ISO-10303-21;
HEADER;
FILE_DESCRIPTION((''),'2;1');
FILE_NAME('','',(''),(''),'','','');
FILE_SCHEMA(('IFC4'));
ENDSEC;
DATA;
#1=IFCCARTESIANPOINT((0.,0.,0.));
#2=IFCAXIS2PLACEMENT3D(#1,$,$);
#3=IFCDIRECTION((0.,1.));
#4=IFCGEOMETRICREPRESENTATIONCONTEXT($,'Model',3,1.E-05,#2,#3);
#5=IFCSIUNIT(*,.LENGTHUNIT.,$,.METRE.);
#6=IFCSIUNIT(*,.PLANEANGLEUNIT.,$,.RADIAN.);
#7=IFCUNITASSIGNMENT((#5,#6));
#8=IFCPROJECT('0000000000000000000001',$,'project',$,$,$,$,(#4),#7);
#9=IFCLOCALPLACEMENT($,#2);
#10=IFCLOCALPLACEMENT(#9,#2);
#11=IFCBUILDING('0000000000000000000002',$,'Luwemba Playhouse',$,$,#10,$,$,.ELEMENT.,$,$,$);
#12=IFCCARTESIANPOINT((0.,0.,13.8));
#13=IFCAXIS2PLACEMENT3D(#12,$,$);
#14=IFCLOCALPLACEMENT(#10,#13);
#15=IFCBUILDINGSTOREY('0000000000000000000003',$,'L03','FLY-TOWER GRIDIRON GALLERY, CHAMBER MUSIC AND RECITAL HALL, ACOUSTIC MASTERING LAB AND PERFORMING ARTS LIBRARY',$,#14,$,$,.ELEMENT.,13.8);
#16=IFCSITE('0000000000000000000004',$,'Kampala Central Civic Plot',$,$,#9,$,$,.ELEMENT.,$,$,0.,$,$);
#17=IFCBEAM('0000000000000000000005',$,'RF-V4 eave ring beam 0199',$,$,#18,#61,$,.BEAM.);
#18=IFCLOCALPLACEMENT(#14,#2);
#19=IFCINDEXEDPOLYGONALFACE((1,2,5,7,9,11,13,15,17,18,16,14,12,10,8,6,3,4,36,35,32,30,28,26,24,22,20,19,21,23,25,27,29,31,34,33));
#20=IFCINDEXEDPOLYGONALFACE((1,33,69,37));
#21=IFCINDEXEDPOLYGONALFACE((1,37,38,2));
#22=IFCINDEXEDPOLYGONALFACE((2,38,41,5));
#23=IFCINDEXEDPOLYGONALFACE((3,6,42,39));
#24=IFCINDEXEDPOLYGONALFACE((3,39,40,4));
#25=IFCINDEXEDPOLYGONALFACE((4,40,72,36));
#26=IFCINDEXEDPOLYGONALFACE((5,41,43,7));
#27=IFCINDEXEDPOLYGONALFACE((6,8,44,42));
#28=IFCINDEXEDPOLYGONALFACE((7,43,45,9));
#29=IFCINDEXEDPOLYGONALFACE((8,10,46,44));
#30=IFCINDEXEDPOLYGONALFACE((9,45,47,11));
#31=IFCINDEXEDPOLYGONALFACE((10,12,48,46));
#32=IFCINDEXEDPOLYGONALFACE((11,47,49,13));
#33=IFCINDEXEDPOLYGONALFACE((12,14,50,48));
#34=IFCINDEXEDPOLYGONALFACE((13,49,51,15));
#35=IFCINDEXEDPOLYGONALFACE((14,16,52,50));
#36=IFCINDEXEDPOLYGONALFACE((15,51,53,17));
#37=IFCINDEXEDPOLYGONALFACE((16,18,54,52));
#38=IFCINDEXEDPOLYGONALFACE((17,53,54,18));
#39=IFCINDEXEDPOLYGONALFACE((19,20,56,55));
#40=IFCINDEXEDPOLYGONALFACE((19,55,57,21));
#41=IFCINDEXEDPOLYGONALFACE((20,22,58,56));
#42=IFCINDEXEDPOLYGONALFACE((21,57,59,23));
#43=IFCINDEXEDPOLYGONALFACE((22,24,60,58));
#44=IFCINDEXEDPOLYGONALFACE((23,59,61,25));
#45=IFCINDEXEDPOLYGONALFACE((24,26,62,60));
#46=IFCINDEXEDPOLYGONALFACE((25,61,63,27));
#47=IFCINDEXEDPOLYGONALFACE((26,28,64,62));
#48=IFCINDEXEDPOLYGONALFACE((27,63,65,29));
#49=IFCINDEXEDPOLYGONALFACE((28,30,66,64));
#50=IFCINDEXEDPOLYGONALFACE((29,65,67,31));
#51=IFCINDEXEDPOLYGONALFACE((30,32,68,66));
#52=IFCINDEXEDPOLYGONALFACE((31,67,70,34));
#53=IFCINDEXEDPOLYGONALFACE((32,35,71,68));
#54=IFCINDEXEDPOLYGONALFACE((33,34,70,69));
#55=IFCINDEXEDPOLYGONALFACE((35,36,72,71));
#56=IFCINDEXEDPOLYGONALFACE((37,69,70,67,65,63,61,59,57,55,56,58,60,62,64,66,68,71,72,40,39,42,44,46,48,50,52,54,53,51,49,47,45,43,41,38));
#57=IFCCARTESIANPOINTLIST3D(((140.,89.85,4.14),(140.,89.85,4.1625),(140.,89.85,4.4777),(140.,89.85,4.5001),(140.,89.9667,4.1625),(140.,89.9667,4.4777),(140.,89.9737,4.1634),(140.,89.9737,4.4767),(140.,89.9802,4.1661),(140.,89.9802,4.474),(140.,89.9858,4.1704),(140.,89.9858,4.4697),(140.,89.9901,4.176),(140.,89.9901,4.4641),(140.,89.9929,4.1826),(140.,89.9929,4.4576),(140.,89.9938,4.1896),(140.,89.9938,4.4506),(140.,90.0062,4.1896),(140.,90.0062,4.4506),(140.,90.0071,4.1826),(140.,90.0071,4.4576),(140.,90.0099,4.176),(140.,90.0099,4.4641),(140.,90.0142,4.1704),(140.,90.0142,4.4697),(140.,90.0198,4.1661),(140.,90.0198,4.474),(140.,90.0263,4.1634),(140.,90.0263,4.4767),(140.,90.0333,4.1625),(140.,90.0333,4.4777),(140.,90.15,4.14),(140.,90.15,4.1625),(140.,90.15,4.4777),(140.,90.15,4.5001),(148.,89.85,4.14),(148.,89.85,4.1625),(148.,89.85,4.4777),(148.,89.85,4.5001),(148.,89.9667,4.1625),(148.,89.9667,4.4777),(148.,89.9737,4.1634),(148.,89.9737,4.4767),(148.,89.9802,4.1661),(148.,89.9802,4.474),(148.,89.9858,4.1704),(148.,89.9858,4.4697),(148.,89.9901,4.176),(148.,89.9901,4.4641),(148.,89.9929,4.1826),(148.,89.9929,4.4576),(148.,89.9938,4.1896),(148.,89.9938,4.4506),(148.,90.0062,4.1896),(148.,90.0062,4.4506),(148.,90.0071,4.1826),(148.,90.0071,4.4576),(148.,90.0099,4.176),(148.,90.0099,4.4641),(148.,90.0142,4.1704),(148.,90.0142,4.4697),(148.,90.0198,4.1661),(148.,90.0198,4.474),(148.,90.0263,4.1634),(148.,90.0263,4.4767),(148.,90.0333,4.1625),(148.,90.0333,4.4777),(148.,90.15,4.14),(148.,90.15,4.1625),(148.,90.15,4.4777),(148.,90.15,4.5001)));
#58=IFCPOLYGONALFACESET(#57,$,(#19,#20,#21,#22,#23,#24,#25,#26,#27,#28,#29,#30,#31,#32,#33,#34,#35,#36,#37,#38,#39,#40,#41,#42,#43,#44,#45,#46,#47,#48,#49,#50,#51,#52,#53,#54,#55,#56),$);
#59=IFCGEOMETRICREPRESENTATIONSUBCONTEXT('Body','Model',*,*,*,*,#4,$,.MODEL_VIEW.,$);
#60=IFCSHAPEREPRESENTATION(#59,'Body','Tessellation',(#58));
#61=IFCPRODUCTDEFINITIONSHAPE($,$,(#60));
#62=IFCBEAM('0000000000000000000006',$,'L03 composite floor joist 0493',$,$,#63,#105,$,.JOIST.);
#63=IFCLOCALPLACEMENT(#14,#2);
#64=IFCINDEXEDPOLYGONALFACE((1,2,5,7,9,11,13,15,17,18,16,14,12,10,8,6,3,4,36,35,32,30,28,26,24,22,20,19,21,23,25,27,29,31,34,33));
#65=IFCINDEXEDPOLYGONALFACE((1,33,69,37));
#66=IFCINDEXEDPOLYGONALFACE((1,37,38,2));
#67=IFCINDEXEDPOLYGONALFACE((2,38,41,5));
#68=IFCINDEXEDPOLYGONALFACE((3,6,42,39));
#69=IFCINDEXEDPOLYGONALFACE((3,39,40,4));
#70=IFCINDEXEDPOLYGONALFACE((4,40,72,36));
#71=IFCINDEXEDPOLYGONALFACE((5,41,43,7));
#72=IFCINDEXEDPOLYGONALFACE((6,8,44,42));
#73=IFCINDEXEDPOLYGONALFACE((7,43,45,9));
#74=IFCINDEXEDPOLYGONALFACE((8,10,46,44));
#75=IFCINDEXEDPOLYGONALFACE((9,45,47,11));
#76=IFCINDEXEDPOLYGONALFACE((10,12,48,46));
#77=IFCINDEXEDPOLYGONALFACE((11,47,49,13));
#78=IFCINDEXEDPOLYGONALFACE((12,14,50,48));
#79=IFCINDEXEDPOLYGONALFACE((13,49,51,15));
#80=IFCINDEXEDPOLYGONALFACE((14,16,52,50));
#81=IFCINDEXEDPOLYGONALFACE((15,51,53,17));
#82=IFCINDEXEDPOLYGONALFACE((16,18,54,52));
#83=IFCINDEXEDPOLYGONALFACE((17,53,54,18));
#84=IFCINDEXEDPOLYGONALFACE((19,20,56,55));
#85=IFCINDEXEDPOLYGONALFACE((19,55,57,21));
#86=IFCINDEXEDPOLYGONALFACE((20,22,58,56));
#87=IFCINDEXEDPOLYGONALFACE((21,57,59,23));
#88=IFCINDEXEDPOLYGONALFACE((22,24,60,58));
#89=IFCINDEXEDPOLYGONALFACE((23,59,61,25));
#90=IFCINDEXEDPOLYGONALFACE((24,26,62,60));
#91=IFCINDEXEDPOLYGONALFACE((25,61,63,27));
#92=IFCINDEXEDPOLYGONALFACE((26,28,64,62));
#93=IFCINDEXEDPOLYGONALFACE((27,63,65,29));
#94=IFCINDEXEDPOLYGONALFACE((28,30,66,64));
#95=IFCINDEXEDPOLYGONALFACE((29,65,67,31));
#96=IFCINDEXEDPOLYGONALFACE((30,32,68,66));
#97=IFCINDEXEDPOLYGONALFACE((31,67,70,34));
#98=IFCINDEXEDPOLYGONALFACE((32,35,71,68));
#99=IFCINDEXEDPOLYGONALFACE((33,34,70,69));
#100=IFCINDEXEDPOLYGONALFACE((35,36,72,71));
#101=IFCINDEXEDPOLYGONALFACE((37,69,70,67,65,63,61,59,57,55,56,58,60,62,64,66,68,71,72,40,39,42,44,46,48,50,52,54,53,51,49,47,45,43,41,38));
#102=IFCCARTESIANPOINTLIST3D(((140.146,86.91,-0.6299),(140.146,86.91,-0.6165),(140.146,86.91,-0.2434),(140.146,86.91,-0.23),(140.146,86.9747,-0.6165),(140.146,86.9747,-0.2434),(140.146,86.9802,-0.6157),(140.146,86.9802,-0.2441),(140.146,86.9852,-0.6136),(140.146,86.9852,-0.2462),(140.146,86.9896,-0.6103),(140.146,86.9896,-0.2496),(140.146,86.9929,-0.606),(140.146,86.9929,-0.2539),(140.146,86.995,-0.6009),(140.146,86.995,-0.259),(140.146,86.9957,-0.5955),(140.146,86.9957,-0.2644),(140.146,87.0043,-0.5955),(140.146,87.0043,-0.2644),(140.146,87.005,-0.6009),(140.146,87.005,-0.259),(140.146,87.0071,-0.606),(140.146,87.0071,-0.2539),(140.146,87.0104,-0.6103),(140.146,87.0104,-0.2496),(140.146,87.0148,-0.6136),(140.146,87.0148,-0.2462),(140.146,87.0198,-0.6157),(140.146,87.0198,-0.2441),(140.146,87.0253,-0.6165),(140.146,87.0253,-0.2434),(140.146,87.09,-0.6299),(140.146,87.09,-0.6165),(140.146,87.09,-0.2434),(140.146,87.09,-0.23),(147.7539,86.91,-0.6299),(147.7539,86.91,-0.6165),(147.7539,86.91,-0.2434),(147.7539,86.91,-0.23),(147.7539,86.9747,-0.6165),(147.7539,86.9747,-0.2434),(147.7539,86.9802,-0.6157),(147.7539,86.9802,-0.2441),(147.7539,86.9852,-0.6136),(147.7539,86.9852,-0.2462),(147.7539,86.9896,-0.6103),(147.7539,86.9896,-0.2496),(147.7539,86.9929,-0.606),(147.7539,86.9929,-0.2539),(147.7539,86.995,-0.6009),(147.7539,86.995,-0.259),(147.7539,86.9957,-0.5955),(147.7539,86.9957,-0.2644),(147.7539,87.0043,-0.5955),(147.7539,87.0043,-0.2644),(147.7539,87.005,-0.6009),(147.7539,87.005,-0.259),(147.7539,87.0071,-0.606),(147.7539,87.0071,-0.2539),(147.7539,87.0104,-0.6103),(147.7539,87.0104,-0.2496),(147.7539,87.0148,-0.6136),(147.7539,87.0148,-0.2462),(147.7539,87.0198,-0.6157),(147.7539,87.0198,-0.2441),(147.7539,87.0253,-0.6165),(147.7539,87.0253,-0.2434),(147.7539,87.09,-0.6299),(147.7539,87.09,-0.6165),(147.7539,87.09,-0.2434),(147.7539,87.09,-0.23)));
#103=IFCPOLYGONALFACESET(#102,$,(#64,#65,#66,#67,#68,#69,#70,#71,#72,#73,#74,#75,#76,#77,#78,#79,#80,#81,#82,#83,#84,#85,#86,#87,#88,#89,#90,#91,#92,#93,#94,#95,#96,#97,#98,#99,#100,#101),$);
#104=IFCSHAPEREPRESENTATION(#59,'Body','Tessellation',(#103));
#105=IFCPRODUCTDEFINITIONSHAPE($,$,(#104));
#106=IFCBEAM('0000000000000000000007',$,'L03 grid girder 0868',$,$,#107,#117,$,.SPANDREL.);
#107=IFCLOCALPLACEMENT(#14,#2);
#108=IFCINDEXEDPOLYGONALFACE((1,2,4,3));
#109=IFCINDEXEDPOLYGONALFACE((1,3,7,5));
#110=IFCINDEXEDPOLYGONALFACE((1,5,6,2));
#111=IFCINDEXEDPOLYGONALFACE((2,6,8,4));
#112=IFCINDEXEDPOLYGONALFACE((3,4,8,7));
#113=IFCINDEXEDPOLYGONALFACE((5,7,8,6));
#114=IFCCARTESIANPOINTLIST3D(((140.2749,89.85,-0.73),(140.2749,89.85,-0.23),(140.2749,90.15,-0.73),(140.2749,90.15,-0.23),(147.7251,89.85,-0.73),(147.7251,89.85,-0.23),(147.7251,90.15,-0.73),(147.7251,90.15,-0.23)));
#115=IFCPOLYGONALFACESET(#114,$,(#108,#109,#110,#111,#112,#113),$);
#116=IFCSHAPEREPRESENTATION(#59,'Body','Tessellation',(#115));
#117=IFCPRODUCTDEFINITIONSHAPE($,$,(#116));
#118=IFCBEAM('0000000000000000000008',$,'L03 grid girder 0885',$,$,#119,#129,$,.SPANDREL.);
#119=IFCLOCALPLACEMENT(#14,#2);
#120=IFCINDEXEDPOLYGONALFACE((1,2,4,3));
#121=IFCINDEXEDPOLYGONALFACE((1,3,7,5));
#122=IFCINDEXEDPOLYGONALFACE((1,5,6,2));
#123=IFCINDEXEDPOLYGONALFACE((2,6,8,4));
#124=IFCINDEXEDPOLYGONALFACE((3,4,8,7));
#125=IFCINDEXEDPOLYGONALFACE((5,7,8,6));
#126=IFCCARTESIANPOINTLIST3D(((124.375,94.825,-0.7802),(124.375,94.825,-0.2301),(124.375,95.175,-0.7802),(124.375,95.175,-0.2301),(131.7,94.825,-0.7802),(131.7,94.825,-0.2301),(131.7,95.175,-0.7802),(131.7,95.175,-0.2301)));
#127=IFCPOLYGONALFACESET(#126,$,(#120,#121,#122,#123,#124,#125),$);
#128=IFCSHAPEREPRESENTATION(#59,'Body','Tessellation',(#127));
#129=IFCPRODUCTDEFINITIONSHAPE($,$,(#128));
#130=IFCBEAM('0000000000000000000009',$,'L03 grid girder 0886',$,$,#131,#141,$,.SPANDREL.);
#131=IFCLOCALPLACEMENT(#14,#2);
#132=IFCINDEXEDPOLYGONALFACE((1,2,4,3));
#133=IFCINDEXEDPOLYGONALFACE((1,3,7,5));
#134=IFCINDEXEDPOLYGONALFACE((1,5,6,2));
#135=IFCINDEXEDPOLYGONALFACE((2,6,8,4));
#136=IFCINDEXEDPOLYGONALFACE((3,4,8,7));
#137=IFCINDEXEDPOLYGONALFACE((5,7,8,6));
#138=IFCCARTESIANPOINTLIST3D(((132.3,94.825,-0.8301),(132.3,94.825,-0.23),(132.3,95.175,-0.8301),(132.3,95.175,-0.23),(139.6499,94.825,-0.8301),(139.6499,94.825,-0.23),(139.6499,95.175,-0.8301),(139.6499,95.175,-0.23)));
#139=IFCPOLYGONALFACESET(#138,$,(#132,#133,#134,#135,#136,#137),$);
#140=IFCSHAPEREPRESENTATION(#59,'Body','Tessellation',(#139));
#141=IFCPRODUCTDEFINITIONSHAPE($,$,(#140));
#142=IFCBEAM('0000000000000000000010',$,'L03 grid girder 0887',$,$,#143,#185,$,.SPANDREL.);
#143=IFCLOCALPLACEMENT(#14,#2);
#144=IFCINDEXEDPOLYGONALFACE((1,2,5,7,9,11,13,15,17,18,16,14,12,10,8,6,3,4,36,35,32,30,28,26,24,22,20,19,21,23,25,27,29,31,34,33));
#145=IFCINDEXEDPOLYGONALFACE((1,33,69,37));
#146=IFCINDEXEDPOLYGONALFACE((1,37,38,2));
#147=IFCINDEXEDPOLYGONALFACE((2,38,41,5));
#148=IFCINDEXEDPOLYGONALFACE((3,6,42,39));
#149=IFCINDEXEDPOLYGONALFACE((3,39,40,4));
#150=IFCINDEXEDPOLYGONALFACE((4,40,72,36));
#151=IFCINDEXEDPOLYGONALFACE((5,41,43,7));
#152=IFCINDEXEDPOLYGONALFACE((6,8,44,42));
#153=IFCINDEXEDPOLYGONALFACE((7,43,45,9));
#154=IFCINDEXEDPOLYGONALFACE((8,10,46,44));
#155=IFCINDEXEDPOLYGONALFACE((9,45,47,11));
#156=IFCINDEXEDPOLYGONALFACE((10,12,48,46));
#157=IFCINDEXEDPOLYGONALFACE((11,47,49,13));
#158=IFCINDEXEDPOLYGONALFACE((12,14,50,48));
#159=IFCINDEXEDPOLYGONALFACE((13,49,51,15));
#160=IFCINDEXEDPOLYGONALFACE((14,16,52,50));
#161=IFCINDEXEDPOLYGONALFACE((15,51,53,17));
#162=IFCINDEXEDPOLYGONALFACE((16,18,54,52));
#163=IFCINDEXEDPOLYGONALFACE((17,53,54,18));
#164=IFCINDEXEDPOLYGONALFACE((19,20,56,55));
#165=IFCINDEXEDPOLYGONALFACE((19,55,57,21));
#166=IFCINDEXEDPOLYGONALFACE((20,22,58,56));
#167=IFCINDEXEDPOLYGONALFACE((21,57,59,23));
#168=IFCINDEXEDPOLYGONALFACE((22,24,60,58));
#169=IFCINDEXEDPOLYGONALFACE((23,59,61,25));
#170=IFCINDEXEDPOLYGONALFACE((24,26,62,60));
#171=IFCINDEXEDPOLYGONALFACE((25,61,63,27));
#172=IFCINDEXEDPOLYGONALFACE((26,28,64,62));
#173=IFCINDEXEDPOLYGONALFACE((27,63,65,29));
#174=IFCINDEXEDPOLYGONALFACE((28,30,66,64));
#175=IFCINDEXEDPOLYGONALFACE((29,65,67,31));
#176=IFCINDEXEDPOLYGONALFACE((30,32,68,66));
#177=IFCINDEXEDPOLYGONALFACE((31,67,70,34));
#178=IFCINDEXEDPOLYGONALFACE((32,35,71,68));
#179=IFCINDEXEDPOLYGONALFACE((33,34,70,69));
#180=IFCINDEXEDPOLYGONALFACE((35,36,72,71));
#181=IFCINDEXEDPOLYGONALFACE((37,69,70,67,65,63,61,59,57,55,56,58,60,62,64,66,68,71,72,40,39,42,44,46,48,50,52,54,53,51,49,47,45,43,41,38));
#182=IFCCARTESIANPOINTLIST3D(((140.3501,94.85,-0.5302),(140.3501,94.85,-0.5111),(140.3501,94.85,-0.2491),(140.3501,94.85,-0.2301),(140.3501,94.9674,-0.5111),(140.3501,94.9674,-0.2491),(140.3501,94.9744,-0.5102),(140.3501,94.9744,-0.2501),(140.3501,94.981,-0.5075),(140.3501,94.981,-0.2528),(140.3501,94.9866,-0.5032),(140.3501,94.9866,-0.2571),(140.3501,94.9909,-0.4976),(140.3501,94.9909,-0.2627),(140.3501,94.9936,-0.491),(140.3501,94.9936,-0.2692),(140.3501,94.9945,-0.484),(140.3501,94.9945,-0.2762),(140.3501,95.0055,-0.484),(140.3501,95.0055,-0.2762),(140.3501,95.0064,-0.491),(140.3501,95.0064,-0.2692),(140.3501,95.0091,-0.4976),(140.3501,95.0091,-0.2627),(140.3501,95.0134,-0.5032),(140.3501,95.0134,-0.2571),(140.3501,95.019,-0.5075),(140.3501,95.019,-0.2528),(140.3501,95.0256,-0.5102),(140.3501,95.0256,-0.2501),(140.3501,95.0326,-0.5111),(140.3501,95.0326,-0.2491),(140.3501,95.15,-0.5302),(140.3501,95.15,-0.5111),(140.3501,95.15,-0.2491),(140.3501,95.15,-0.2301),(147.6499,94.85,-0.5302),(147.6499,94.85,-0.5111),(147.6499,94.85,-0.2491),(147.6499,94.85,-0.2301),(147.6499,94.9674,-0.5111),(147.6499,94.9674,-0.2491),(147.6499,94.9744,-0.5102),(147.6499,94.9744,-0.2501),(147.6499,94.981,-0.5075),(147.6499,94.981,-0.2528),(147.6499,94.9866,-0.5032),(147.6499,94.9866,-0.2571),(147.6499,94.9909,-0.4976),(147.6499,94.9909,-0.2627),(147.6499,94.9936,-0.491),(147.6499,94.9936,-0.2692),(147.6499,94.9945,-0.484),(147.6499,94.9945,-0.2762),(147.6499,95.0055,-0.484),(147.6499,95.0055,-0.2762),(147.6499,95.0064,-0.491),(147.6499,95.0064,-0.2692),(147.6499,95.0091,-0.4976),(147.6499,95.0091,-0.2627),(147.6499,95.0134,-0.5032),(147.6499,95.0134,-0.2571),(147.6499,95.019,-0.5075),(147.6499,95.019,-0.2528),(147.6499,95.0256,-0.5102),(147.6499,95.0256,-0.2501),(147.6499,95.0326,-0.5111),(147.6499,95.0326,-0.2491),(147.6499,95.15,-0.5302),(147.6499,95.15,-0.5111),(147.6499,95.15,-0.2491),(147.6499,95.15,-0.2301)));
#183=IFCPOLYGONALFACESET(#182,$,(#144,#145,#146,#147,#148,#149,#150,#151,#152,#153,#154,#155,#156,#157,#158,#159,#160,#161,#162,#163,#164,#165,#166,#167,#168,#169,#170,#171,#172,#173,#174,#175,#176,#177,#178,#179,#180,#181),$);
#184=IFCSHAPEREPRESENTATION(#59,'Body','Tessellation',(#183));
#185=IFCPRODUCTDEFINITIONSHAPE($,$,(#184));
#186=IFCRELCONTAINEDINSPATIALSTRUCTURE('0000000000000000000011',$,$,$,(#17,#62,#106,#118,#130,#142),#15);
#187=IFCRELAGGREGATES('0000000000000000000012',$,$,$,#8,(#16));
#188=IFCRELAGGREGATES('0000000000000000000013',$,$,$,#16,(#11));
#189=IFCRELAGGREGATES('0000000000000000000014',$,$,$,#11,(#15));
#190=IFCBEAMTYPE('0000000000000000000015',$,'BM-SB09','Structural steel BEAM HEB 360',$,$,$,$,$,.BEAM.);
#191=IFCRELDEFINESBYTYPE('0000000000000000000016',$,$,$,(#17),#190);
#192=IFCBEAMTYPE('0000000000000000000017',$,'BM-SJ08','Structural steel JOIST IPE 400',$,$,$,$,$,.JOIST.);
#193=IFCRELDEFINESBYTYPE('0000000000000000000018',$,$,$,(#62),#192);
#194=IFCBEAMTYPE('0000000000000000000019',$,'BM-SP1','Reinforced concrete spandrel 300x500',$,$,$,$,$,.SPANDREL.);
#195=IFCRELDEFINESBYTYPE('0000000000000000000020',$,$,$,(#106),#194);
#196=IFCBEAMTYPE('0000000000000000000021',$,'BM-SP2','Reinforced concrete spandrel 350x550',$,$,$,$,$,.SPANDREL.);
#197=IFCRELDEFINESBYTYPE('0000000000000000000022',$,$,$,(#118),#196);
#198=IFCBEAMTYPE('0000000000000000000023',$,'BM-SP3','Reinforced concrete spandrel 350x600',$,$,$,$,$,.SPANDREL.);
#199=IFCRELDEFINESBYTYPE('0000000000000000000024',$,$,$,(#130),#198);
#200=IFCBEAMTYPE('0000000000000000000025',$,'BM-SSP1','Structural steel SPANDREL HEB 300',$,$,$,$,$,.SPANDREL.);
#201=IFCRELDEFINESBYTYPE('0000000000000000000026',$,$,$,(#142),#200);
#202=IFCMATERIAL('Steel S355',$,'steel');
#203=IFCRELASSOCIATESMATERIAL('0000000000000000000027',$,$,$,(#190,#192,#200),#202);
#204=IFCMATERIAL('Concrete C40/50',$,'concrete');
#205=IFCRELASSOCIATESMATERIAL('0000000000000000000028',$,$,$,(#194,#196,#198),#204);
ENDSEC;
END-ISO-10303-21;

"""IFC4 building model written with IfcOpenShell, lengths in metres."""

from ifc_helpers import new_model, si_unit, direction, frame, origin, origin_2d, place, context, subcontext, project, spatial, rectangle, i_section, extrude, material, material_profile, profile_set, type_object, element, save


model = new_model("IFC4")

# Units and contexts
model_context = context("Model", 3, precision=1e-05, world=origin(), true_north=direction((0.0, 1.0)))
body_context = subcontext(model_context, "Body", "Model", "MODEL_VIEW")
ifc_project = project(units=[si_unit("LENGTHUNIT", "METRE"), si_unit("PLANEANGLEUNIT", "RADIAN")], contexts=[model_context])

# Site, building, storey
site_placement = place(None, origin())
site = spatial("IfcSite", under=ifc_project, at=site_placement, Name="Kampala Central Civic Plot", CompositionType="ELEMENT", RefElevation=0.0)
building_placement = place(site_placement, origin())
building = spatial("IfcBuilding", under=site, at=building_placement, Name="Luwemba Playhouse", CompositionType="ELEMENT")
storey_placement = place(building_placement, frame((0.0, 0.0, 13.8)))
storey = spatial("IfcBuildingStorey", under=building, at=storey_placement, Name="L03", Description="FLY-TOWER GRIDIRON GALLERY, CHAMBER MUSIC AND RECITAL HALL, ACOUSTIC MASTERING LAB AND PERFORMING ARTS LIBRARY", CompositionType="ELEMENT", Elevation=13.8)

# Shared definitions
ifc_material_1 = material(Name="Concrete C40/50", Category="concrete")
ifc_material_2 = material(Name="Steel S355", Category="steel")

# Beams
ifc_material_profile_1 = material_profile(ifc_material_2, i_section(OverallWidth=0.3, OverallDepth=0.3601, WebThickness=0.0125, FlangeThickness=0.0225, FilletRadius=0.0271, at=origin_2d()))
ifc_profile_set_1 = profile_set([ifc_material_profile_1], Name="Steel S355")
beam_type_1 = type_object("IfcBeamType", Name="BM-SB09", Description="Structural steel BEAM HEB 360", PredefinedType="BEAM", material=ifc_profile_set_1)
beam_1_placement = place(storey_placement, frame((140.0, 90.0, 4.3201), z_axis=(1.0, 0.0, 0.0), x_axis=(0.0, 1.0, 0.0)))
element("IfcBeam", 1, at=beam_1_placement, inside=storey, type_object=beam_type_1, Name="RF-V4 eave ring beam 0199", PredefinedType="BEAM", context=body_context, shape_type="SweptSolid", body=[
    extrude(i_section(OverallWidth=0.3, OverallDepth=0.3601, WebThickness=0.0125, FlangeThickness=0.0225, FilletRadius=0.0271, at=origin_2d()), origin(), (0.0, 0.0, 1.0), 8.0),
])
ifc_material_profile_2 = material_profile(ifc_material_2, i_section(OverallWidth=0.1799, OverallDepth=0.3999, WebThickness=0.0085, FlangeThickness=0.0134, FilletRadius=0.021, at=origin_2d()))
ifc_profile_set_2 = profile_set([ifc_material_profile_2], Name="Steel S355")
beam_type_2 = type_object("IfcBeamType", Name="BM-SJ08", Description="Structural steel JOIST IPE 400", PredefinedType="JOIST", material=ifc_profile_set_2)
beam_2_placement = place(storey_placement, frame((140.146, 87.0, -0.4299), z_axis=(1.0, 0.0, 0.0), x_axis=(0.0, 1.0, 0.0)))
element("IfcBeam", 2, at=beam_2_placement, inside=storey, type_object=beam_type_2, Name="L03 composite floor joist 0493", PredefinedType="JOIST", context=body_context, shape_type="SweptSolid", body=[
    extrude(i_section(OverallWidth=0.1799, OverallDepth=0.3999, WebThickness=0.0085, FlangeThickness=0.0134, FilletRadius=0.021, at=origin_2d()), origin(), (0.0, 0.0, 1.0), 7.6079),
])
ifc_material_profile_3 = material_profile(ifc_material_1, rectangle(XDim=0.3, YDim=0.5, at=origin_2d()))
ifc_profile_set_3 = profile_set([ifc_material_profile_3], Name="Concrete C40/50")
beam_type_3 = type_object("IfcBeamType", Name="BM-SP1", Description="Reinforced concrete spandrel 300x500", PredefinedType="SPANDREL", material=ifc_profile_set_3)
beam_3_placement = place(storey_placement, frame((140.2749, 90.0, -0.48), z_axis=(1.0, 0.0, 0.0), x_axis=(0.0, 1.0, 0.0)))
element("IfcBeam", 3, at=beam_3_placement, inside=storey, type_object=beam_type_3, Name="L03 grid girder 0868", PredefinedType="SPANDREL", context=body_context, shape_type="SweptSolid", body=[
    extrude(rectangle(XDim=0.3, YDim=0.5, at=origin_2d()), origin(), (0.0, 0.0, 1.0), 7.4502),
])
ifc_material_profile_4 = material_profile(ifc_material_1, rectangle(XDim=0.3501, YDim=0.55, at=origin_2d()))
ifc_profile_set_4 = profile_set([ifc_material_profile_4], Name="Concrete C40/50")
beam_type_4 = type_object("IfcBeamType", Name="BM-SP2", Description="Reinforced concrete spandrel 350x550", PredefinedType="SPANDREL", material=ifc_profile_set_4)
beam_4_placement = place(storey_placement, frame((124.375, 95.0, -0.5051), z_axis=(1.0, 0.0, 0.0), x_axis=(0.0, 1.0, 0.0)))
element("IfcBeam", 4, at=beam_4_placement, inside=storey, type_object=beam_type_4, Name="L03 grid girder 0885", PredefinedType="SPANDREL", context=body_context, shape_type="SweptSolid", body=[
    extrude(rectangle(XDim=0.3501, YDim=0.55, at=origin_2d()), origin(), (0.0, 0.0, 1.0), 7.325),
])
ifc_material_profile_5 = material_profile(ifc_material_1, rectangle(XDim=0.3501, YDim=0.6001, at=origin_2d()))
ifc_profile_set_5 = profile_set([ifc_material_profile_5], Name="Concrete C40/50")
beam_type_5 = type_object("IfcBeamType", Name="BM-SP3", Description="Reinforced concrete spandrel 350x600", PredefinedType="SPANDREL", material=ifc_profile_set_5)
beam_5_placement = place(storey_placement, frame((132.3, 95.0, -0.53), z_axis=(1.0, 0.0, 0.0), x_axis=(0.0, 1.0, 0.0)))
element("IfcBeam", 5, at=beam_5_placement, inside=storey, type_object=beam_type_5, Name="L03 grid girder 0886", PredefinedType="SPANDREL", context=body_context, shape_type="SweptSolid", body=[
    extrude(rectangle(XDim=0.3501, YDim=0.6001, at=origin_2d()), origin(), (0.0, 0.0, 1.0), 7.3499),
])
ifc_material_profile_6 = material_profile(ifc_material_2, i_section(OverallWidth=0.3, OverallDepth=0.3, WebThickness=0.011, FlangeThickness=0.019, FilletRadius=0.0271, at=origin_2d()))
ifc_profile_set_6 = profile_set([ifc_material_profile_6], Name="Steel S355")
beam_type_6 = type_object("IfcBeamType", Name="BM-SSP1", Description="Structural steel SPANDREL HEB 300", PredefinedType="SPANDREL", material=ifc_profile_set_6)
beam_6_placement = place(storey_placement, frame((140.3501, 95.0, -0.3801), z_axis=(1.0, 0.0, 0.0), x_axis=(0.0, 1.0, 0.0)))
element("IfcBeam", 6, at=beam_6_placement, inside=storey, type_object=beam_type_6, Name="L03 grid girder 0887", PredefinedType="SPANDREL", context=body_context, shape_type="SweptSolid", body=[
    extrude(i_section(OverallWidth=0.3, OverallDepth=0.3, WebThickness=0.011, FlangeThickness=0.019, FilletRadius=0.0271, at=origin_2d()), origin(), (0.0, 0.0, 1.0), 7.2998),
])

save(model, "model.ifc")
